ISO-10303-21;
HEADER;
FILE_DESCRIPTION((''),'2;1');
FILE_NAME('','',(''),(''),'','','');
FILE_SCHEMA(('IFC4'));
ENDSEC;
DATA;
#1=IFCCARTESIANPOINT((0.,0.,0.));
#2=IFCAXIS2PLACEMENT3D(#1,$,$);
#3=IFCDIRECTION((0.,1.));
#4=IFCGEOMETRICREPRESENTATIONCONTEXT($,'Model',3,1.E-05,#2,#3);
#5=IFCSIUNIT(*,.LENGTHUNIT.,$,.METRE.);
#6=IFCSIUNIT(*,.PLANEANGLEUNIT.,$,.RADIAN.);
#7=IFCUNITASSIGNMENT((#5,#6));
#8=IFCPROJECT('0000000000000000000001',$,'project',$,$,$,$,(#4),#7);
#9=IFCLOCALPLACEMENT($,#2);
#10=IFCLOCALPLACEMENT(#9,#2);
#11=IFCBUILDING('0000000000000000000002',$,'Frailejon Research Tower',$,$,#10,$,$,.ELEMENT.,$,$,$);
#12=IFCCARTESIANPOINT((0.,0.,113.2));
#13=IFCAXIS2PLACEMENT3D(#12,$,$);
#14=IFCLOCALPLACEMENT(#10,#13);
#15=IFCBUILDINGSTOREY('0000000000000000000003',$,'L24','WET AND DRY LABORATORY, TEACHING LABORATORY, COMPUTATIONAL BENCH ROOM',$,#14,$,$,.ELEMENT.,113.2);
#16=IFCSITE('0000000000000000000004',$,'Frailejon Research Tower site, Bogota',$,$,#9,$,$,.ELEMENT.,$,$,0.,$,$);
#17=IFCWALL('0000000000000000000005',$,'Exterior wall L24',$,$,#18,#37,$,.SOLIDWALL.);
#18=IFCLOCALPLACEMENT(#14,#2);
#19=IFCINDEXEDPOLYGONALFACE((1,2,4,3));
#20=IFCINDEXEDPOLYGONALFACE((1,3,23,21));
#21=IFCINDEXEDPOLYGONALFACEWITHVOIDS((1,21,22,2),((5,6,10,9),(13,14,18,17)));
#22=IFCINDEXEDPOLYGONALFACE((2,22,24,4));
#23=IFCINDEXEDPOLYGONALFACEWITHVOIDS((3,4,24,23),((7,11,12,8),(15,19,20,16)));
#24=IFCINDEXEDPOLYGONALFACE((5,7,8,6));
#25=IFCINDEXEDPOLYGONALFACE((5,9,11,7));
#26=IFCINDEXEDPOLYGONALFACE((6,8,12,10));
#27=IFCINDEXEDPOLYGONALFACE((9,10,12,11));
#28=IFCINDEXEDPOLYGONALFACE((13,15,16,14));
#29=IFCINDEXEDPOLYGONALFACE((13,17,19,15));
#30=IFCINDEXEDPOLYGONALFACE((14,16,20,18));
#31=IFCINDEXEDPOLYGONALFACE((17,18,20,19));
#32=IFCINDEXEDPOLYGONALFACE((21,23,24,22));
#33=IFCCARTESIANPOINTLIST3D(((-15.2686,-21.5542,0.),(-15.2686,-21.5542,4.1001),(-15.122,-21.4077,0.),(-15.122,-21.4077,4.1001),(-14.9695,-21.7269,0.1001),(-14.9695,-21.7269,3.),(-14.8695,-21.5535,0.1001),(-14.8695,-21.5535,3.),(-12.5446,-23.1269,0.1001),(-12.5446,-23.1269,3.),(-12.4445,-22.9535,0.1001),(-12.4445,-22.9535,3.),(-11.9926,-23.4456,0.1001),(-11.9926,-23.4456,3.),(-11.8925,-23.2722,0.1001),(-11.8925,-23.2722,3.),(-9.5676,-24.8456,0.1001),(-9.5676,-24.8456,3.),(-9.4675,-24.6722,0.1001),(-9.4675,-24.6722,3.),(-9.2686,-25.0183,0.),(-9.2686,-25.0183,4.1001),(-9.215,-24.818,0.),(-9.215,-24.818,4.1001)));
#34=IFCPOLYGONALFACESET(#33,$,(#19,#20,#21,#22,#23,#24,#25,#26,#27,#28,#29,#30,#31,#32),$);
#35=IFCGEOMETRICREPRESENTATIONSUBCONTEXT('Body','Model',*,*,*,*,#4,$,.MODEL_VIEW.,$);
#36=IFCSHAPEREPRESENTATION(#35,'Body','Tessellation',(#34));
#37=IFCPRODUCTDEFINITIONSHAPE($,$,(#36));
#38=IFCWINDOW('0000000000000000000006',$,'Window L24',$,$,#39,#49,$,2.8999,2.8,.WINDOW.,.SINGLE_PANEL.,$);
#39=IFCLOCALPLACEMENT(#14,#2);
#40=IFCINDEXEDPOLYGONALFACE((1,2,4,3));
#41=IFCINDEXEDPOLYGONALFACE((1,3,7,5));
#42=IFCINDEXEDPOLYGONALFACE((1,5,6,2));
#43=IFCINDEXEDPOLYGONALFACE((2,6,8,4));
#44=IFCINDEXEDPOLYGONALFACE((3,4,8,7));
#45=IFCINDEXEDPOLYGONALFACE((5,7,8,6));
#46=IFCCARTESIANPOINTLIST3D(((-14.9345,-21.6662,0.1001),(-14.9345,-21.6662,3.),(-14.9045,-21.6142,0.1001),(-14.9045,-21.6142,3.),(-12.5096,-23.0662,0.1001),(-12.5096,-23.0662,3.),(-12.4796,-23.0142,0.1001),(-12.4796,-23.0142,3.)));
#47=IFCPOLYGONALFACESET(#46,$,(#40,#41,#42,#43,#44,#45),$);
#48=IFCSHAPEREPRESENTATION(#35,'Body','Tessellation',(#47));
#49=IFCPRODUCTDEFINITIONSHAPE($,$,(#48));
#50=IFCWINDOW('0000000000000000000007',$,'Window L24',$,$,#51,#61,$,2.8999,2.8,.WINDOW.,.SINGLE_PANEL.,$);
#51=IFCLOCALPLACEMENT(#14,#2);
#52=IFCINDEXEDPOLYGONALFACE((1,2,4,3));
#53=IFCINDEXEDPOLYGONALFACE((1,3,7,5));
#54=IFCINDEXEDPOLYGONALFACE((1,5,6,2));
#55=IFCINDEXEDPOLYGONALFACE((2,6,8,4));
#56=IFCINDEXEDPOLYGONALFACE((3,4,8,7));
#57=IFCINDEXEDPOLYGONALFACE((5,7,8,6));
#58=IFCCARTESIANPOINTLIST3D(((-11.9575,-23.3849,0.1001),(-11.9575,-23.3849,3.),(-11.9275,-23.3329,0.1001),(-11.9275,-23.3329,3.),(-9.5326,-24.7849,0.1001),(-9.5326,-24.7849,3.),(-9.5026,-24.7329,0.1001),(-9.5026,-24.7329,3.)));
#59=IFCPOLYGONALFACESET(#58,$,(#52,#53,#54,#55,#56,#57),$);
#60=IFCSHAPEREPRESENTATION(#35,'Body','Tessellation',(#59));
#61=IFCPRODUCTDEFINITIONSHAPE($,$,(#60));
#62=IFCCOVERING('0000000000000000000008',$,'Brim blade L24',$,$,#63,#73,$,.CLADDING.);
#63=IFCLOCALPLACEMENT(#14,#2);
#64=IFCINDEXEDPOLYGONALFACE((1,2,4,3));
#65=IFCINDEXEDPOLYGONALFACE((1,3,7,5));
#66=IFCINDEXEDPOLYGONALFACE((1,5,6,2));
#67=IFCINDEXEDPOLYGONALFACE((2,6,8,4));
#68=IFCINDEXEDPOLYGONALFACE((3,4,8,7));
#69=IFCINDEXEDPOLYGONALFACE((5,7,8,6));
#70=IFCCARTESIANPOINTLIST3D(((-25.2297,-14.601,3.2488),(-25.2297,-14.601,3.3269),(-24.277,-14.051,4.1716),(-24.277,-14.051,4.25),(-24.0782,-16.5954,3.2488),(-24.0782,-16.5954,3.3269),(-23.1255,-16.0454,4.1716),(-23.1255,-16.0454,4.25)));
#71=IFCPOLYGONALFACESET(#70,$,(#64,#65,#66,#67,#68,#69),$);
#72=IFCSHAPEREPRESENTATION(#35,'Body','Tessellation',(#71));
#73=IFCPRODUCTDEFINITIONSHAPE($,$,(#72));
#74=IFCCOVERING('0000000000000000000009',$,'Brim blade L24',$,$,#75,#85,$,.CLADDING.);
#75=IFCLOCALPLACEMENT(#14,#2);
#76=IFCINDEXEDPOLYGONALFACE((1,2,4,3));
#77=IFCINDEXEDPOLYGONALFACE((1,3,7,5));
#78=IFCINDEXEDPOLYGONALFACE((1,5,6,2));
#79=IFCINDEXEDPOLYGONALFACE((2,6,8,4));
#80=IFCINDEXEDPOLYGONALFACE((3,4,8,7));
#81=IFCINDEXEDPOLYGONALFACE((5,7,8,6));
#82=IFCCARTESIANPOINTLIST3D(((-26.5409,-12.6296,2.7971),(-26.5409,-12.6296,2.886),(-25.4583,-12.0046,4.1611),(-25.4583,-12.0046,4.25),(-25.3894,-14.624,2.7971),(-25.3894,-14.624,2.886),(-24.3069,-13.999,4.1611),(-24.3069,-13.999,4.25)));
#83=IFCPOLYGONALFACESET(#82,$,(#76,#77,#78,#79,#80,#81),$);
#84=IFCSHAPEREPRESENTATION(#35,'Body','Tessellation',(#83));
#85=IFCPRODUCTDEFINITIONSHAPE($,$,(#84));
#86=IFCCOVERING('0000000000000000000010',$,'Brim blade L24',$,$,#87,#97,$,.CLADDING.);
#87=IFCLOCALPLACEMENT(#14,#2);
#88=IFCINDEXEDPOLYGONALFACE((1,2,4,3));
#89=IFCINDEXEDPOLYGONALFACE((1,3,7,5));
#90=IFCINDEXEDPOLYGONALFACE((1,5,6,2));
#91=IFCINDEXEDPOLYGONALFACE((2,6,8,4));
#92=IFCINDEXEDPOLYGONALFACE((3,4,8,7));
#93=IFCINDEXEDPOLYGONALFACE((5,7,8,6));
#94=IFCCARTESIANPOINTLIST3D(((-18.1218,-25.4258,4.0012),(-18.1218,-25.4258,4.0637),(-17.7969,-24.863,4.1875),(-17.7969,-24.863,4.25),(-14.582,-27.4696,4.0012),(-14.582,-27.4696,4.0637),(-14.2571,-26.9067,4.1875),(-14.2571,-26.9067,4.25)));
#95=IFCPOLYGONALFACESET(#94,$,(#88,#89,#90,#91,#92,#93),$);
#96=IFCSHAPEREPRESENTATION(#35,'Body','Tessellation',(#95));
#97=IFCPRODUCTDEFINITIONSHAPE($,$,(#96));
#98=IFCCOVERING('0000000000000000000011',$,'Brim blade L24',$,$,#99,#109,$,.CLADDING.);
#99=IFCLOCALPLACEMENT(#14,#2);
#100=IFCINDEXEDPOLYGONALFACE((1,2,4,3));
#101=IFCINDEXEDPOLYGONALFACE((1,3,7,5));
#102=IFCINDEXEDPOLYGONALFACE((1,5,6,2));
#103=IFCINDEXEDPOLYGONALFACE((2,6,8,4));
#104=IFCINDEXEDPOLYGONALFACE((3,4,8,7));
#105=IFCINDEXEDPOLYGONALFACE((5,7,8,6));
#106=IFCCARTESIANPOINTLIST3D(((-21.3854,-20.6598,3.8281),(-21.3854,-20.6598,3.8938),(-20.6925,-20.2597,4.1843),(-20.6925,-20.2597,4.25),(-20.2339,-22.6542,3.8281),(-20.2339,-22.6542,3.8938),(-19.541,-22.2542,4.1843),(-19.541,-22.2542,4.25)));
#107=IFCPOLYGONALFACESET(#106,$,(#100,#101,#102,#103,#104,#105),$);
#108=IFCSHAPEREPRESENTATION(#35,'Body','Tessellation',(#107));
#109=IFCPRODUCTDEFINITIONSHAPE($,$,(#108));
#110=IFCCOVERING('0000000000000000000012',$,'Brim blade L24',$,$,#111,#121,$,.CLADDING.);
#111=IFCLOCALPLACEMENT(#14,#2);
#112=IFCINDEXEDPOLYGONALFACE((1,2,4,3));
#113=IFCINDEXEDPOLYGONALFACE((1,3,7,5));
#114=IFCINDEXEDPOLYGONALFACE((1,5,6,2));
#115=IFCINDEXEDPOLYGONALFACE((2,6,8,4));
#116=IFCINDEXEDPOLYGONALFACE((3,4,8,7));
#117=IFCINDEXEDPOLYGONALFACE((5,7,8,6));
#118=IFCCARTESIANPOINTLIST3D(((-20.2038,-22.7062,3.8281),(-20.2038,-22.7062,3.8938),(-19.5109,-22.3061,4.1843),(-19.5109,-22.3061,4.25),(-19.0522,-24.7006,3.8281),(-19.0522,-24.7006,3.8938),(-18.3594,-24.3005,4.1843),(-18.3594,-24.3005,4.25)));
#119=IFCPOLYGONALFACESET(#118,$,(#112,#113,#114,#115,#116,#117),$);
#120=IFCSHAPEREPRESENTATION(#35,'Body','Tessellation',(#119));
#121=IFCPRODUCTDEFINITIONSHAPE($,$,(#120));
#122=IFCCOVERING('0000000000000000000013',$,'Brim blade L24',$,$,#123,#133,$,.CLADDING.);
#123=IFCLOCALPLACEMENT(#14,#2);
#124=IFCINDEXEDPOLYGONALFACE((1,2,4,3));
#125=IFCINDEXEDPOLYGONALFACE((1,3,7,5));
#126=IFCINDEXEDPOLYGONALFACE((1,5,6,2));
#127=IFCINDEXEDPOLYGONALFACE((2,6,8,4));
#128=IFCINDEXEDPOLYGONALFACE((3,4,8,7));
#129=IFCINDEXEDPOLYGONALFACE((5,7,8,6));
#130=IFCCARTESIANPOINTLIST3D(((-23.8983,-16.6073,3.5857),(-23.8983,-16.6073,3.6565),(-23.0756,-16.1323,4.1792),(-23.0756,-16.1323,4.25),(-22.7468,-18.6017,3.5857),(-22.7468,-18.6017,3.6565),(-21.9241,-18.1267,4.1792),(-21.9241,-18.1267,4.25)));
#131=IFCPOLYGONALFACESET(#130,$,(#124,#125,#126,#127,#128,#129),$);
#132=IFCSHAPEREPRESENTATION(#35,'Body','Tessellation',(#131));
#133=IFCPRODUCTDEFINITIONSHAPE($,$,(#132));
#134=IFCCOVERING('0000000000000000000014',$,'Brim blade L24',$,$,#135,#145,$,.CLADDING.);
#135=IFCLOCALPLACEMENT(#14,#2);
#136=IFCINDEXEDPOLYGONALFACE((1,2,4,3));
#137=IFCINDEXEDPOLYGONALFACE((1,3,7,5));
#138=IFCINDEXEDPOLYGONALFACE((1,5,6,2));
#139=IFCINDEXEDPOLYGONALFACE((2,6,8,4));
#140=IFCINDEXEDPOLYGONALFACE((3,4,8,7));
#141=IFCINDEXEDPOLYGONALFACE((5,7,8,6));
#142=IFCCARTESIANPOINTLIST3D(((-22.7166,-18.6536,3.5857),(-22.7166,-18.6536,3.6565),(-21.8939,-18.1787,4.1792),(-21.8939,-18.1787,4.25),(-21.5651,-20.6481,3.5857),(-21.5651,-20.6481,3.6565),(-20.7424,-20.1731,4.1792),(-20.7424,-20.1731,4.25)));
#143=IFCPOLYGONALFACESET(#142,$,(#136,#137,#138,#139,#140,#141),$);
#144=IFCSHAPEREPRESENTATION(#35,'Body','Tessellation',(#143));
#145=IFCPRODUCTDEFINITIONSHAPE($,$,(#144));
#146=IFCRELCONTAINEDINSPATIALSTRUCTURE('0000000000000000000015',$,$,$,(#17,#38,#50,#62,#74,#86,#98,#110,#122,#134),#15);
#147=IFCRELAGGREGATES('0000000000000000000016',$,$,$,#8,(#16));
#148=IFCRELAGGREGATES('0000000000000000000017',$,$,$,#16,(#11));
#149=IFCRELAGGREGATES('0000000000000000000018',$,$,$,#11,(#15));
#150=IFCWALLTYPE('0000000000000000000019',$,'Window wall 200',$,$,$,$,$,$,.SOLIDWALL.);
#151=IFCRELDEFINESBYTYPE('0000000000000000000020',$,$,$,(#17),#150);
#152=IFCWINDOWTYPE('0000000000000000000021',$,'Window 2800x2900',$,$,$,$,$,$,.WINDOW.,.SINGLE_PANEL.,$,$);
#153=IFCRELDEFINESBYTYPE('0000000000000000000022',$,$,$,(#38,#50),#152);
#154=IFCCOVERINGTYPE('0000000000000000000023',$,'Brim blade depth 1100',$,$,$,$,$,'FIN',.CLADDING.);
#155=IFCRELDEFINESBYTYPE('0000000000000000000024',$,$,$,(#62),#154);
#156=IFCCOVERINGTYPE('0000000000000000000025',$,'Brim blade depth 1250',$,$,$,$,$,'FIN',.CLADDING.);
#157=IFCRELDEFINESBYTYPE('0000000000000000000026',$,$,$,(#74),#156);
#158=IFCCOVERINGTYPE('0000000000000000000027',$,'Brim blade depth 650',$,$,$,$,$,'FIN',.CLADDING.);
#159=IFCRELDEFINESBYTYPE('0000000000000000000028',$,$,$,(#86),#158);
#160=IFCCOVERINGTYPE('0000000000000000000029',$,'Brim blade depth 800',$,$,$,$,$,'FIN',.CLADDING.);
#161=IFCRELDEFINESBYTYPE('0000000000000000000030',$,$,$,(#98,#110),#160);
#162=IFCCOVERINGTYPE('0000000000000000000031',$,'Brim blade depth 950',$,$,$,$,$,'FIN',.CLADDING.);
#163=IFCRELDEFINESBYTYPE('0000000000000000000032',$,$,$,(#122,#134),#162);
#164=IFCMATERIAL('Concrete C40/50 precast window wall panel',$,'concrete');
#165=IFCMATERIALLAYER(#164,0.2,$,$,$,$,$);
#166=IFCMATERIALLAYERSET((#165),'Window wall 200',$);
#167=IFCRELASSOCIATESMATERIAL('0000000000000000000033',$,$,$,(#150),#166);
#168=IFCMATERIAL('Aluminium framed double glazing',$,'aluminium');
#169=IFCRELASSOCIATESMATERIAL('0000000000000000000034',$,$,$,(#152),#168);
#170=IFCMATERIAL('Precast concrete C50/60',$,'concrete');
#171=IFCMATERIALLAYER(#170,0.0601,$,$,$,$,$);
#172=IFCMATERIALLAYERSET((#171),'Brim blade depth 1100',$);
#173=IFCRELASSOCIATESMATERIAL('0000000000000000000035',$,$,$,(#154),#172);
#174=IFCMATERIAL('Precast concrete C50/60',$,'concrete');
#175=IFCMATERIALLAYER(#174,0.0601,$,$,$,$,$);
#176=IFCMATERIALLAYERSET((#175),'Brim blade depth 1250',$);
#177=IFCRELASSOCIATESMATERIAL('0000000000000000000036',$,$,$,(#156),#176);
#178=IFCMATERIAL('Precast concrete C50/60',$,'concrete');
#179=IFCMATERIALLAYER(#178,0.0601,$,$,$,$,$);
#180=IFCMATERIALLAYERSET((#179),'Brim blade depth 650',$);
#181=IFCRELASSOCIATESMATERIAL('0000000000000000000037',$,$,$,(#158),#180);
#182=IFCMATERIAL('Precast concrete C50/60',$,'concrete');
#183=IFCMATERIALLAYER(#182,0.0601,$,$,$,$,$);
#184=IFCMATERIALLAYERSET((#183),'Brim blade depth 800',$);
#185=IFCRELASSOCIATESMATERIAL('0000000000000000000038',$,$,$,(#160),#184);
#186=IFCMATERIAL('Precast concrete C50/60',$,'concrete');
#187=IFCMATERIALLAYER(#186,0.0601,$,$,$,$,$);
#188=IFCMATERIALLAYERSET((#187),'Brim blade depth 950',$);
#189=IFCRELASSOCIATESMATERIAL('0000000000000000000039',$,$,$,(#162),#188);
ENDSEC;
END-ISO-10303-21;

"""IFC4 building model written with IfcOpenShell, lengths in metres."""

from ifc_helpers import new_model, si_unit, direction, frame, frame_2d, origin, place, context, subcontext, project, spatial, polyline, rectangle, outline, extrude, material, layer, layer_set, type_object, element, fill, save


model = new_model("IFC4")

# Units and contexts
model_context = context("Model", 3, precision=1e-05, world=origin(), true_north=direction((0.0, 1.0)))
body_context = subcontext(model_context, "Body", "Model", "MODEL_VIEW")
ifc_project = project(units=[si_unit("LENGTHUNIT", "METRE"), si_unit("PLANEANGLEUNIT", "RADIAN")], contexts=[model_context])

# Site, building, storey
site_placement = place(None, origin())
site = spatial("IfcSite", under=ifc_project, at=site_placement, Name="Frailejon Research Tower site, Bogota", CompositionType="ELEMENT", RefElevation=0.0)
building_placement = place(site_placement, origin())
building = spatial("IfcBuilding", under=site, at=building_placement, Name="Frailejon Research Tower", CompositionType="ELEMENT")
storey_placement = place(building_placement, frame((0.0, 0.0, 113.2)))
storey = spatial("IfcBuildingStorey", under=building, at=storey_placement, Name="L24", Description="WET AND DRY LABORATORY, TEACHING LABORATORY, COMPUTATIONAL BENCH ROOM", CompositionType="ELEMENT", Elevation=113.2)

# Wall, openings, windows
ifc_material_1 = material(Name="Concrete C40/50 precast window wall panel", Category="concrete")
ifc_layer_1 = layer(ifc_material_1, 0.2)
ifc_layer_set_1 = layer_set([ifc_layer_1], Name="Window wall 200")
wall_type_1 = type_object("IfcWallType", Name="Window wall 200", PredefinedType="SOLIDWALL", material=ifc_layer_set_1)
wall_1_placement = place(storey_placement, frame((-15.1953, -21.481, 0.0), z_axis=(0.0, 0.0, 1.0), x_axis=(0.866029, -0.499993, 0.0)))
wall_1 = element("IfcWall", 1, at=wall_1_placement, inside=storey, type_object=wall_type_1, Name="Exterior wall L24", PredefinedType="SOLIDWALL", context=body_context, shape_type="SweptSolid", body=[
    extrude(outline(polyline([(-0.0269, -0.1001), (1.1279, -0.1001), (2.2825, -0.1001), (3.4373, -0.1001), (4.592, -0.1001), (5.7466, -0.1001), (6.9014, -0.1001), (6.8477, 0.1001), (5.7109, 0.1001), (4.574, 0.1001), (3.4373, 0.1001), (2.3005, 0.1001), (1.1636, 0.1001), (0.0269, 0.1001), (-0.0269, -0.1001)])), origin(), (0.0, 0.0, 1.0), 4.1001),
])
opening_1_placement = place(wall_1_placement, frame((0.3186, 0.0, 0.1001)))
opening_1 = element("IfcOpeningElement", 2, at=opening_1_placement, cuts=wall_1, PredefinedType="OPENING", context=body_context, shape_type="SweptSolid", body=[
    extrude(rectangle(XDim=2.8, YDim=2.8999, at=frame_2d((1.3999, 1.45))), frame((0.0, 0.1099, 0.0), z_axis=(0.0, -1.0, 0.0), x_axis=(1.0, 0.0, 0.0)), (0.0, 0.0, 1.0), 0.22),
])
opening_2_placement = place(wall_1_placement, frame((3.7561, 0.0, 0.1001)))
opening_2 = element("IfcOpeningElement", 3, at=opening_2_placement, cuts=wall_1, PredefinedType="OPENING", context=body_context, shape_type="SweptSolid", body=[
    extrude(rectangle(XDim=2.8, YDim=2.8999, at=frame_2d((1.3999, 1.45))), frame((0.0, 0.1099, 0.0), z_axis=(0.0, -1.0, 0.0), x_axis=(1.0, 0.0, 0.0)), (0.0, 0.0, 1.0), 0.22),
])
ifc_material_2 = material(Name="Aluminium framed double glazing", Category="aluminium")
window_type = type_object("IfcWindowType", Name="Window 2800x2900", PartitioningType="SINGLE_PANEL", PredefinedType="WINDOW", material=ifc_material_2)
window_1_placement = place(opening_1_placement, origin())
window_1 = element("IfcWindow", 4, at=window_1_placement, inside=storey, type_object=window_type, Name="Window L24", OverallHeight=2.8999, OverallWidth=2.8, PartitioningType="SINGLE_PANEL", PredefinedType="WINDOW", context=body_context, shape_type="SweptSolid", body=[
    extrude(rectangle(XDim=2.8, YDim=2.8999, at=frame_2d((1.3999, 1.45))), frame((0.0, 0.03, 0.0), z_axis=(0.0, -1.0, 0.0), x_axis=(1.0, 0.0, 0.0)), (0.0, 0.0, 1.0), 0.0601),
])
fill(opening_1, window_1)
window_2_placement = place(opening_2_placement, origin())
window_2 = element("IfcWindow", 5, at=window_2_placement, inside=storey, type_object=window_type, Name="Window L24", OverallHeight=2.8999, OverallWidth=2.8, PartitioningType="SINGLE_PANEL", PredefinedType="WINDOW", context=body_context, shape_type="SweptSolid", body=[
    extrude(rectangle(XDim=2.8, YDim=2.8999, at=frame_2d((1.3999, 1.45))), frame((0.0, 0.03, 0.0), z_axis=(0.0, -1.0, 0.0), x_axis=(1.0, 0.0, 0.0)), (0.0, 0.0, 1.0), 0.0601),
])
fill(opening_2, window_2)

# Coverings
ifc_material_3 = material(Name="Precast concrete C50/60", Category="concrete")
ifc_layer_2 = layer(ifc_material_3, 0.0601)
ifc_layer_set_2 = layer_set([ifc_layer_2], Name="Brim blade depth 1100")
covering_type_1 = type_object("IfcCoveringType", Name="Brim blade depth 1100", ElementType="FIN", PredefinedType="CLADDING", material=ifc_layer_set_2)
covering_1_placement = place(storey_placement, frame((-23.1255, -16.0454, 4.25), z_axis=(-0.499989, 0.866032, 0.0), x_axis=(-0.866032, -0.499989, 0.0)))
element("IfcCovering", 6, at=covering_1_placement, inside=storey, type_object=covering_type_1, Name="Brim blade L24", PredefinedType="CLADDING", context=body_context, shape_type="SweptSolid", body=[
    extrude(outline(polyline([(0.0, -0.0784), (1.1001, -1.0012), (1.1001, -0.9231), (0.0, 0.0), (0.0, -0.0784)])), origin(), (0.0, 0.0, 1.0), 2.303),
])
ifc_material_4 = material(Name="Precast concrete C50/60", Category="concrete")
ifc_layer_3 = layer(ifc_material_4, 0.0601)
ifc_layer_set_3 = layer_set([ifc_layer_3], Name="Brim blade depth 1250")
covering_type_2 = type_object("IfcCoveringType", Name="Brim blade depth 1250", ElementType="FIN", PredefinedType="CLADDING", material=ifc_layer_set_3)
covering_2_placement = place(storey_placement, frame((-24.3069, -13.999, 4.25), z_axis=(-0.499989, 0.866032, 0.0), x_axis=(-0.866032, -0.499989, 0.0)))
element("IfcCovering", 7, at=covering_2_placement, inside=storey, type_object=covering_type_2, Name="Brim blade L24", PredefinedType="CLADDING", context=body_context, shape_type="SweptSolid", body=[
    extrude(outline(polyline([(0.0, -0.0889), (1.25, -1.4529), (1.25, -1.364), (0.0, 0.0), (0.0, -0.0889)])), origin(), (0.0, 0.0, 1.0), 2.303),
])
ifc_material_5 = material(Name="Precast concrete C50/60", Category="concrete")
ifc_layer_4 = layer(ifc_material_5, 0.0601)
ifc_layer_set_4 = layer_set([ifc_layer_4], Name="Brim blade depth 650")
covering_type_3 = type_object("IfcCoveringType", Name="Brim blade depth 650", ElementType="FIN", PredefinedType="CLADDING", material=ifc_layer_set_4)
covering_3_placement = place(storey_placement, frame((-14.2571, -26.9067, 4.25), z_axis=(-0.866021, 0.500007, 0.0), x_axis=(-0.500007, -0.866021, 0.0)))
element("IfcCovering", 8, at=covering_3_placement, inside=storey, type_object=covering_type_3, Name="Brim blade L24", PredefinedType="CLADDING", context=body_context, shape_type="SweptSolid", body=[
    extrude(outline(polyline([(0.0, -0.0625), (0.6499, -0.2488), (0.6499, -0.1863), (0.0, 0.0), (0.0, -0.0625)])), origin(), (0.0, 0.0, 1.0), 4.0874),
])
ifc_material_6 = material(Name="Precast concrete C50/60", Category="concrete")
ifc_layer_5 = layer(ifc_material_6, 0.0601)
ifc_layer_set_5 = layer_set([ifc_layer_5], Name="Brim blade depth 800")
covering_type_4 = type_object("IfcCoveringType", Name="Brim blade depth 800", ElementType="FIN", PredefinedType="CLADDING", material=ifc_layer_set_5)
for number, where, z_axis, x_axis, name in (
    (9, (-19.541, -22.2542, 4.25), (-0.500014, 0.866018, 0.0), (-0.866018, -0.500014, 0.0), "Brim blade L24"),
    (10, (-18.3594, -24.3005, 4.25), (-0.500014, 0.866018, 0.0), (-0.866018, -0.500014, 0.0), "Brim blade L24"),
):
    element("IfcCovering", number, at=place(storey_placement, frame(where, z_axis=z_axis, x_axis=x_axis)), inside=storey, type_object=covering_type_4, Name=name, PredefinedType="CLADDING", context=body_context, shape_type="SweptSolid", body=[
        extrude(outline(polyline([(0.0, -0.0657), (0.8, -0.4219), (0.8, -0.3562), (0.0, 0.0), (0.0, -0.0657)])), origin(), (0.0, 0.0, 1.0), 2.303),
    ])
ifc_material_7 = material(Name="Precast concrete C50/60", Category="concrete")
ifc_layer_6 = layer(ifc_material_7, 0.0601)
ifc_layer_set_6 = layer_set([ifc_layer_6], Name="Brim blade depth 950")
covering_type_5 = type_object("IfcCoveringType", Name="Brim blade depth 950", ElementType="FIN", PredefinedType="CLADDING", material=ifc_layer_set_6)
for number, where, z_axis, x_axis, name in (
    (11, (-21.9241, -18.1267, 4.25), (-0.500005, 0.866023, 0.0), (-0.866023, -0.500005, 0.0), "Brim blade L24"),
    (12, (-20.7424, -20.1731, 4.25), (-0.500005, 0.866023, 0.0), (-0.866023, -0.500005, 0.0), "Brim blade L24"),
):
    element("IfcCovering", number, at=place(storey_placement, frame(where, z_axis=z_axis, x_axis=x_axis)), inside=storey, type_object=covering_type_5, Name=name, PredefinedType="CLADDING", context=body_context, shape_type="SweptSolid", body=[
        extrude(outline(polyline([(0.0, -0.0708), (0.95, -0.6643), (0.95, -0.5935), (0.0, 0.0), (0.0, -0.0708)])), origin(), (0.0, 0.0, 1.0), 2.303),
    ])

save(model, "model.ifc")
